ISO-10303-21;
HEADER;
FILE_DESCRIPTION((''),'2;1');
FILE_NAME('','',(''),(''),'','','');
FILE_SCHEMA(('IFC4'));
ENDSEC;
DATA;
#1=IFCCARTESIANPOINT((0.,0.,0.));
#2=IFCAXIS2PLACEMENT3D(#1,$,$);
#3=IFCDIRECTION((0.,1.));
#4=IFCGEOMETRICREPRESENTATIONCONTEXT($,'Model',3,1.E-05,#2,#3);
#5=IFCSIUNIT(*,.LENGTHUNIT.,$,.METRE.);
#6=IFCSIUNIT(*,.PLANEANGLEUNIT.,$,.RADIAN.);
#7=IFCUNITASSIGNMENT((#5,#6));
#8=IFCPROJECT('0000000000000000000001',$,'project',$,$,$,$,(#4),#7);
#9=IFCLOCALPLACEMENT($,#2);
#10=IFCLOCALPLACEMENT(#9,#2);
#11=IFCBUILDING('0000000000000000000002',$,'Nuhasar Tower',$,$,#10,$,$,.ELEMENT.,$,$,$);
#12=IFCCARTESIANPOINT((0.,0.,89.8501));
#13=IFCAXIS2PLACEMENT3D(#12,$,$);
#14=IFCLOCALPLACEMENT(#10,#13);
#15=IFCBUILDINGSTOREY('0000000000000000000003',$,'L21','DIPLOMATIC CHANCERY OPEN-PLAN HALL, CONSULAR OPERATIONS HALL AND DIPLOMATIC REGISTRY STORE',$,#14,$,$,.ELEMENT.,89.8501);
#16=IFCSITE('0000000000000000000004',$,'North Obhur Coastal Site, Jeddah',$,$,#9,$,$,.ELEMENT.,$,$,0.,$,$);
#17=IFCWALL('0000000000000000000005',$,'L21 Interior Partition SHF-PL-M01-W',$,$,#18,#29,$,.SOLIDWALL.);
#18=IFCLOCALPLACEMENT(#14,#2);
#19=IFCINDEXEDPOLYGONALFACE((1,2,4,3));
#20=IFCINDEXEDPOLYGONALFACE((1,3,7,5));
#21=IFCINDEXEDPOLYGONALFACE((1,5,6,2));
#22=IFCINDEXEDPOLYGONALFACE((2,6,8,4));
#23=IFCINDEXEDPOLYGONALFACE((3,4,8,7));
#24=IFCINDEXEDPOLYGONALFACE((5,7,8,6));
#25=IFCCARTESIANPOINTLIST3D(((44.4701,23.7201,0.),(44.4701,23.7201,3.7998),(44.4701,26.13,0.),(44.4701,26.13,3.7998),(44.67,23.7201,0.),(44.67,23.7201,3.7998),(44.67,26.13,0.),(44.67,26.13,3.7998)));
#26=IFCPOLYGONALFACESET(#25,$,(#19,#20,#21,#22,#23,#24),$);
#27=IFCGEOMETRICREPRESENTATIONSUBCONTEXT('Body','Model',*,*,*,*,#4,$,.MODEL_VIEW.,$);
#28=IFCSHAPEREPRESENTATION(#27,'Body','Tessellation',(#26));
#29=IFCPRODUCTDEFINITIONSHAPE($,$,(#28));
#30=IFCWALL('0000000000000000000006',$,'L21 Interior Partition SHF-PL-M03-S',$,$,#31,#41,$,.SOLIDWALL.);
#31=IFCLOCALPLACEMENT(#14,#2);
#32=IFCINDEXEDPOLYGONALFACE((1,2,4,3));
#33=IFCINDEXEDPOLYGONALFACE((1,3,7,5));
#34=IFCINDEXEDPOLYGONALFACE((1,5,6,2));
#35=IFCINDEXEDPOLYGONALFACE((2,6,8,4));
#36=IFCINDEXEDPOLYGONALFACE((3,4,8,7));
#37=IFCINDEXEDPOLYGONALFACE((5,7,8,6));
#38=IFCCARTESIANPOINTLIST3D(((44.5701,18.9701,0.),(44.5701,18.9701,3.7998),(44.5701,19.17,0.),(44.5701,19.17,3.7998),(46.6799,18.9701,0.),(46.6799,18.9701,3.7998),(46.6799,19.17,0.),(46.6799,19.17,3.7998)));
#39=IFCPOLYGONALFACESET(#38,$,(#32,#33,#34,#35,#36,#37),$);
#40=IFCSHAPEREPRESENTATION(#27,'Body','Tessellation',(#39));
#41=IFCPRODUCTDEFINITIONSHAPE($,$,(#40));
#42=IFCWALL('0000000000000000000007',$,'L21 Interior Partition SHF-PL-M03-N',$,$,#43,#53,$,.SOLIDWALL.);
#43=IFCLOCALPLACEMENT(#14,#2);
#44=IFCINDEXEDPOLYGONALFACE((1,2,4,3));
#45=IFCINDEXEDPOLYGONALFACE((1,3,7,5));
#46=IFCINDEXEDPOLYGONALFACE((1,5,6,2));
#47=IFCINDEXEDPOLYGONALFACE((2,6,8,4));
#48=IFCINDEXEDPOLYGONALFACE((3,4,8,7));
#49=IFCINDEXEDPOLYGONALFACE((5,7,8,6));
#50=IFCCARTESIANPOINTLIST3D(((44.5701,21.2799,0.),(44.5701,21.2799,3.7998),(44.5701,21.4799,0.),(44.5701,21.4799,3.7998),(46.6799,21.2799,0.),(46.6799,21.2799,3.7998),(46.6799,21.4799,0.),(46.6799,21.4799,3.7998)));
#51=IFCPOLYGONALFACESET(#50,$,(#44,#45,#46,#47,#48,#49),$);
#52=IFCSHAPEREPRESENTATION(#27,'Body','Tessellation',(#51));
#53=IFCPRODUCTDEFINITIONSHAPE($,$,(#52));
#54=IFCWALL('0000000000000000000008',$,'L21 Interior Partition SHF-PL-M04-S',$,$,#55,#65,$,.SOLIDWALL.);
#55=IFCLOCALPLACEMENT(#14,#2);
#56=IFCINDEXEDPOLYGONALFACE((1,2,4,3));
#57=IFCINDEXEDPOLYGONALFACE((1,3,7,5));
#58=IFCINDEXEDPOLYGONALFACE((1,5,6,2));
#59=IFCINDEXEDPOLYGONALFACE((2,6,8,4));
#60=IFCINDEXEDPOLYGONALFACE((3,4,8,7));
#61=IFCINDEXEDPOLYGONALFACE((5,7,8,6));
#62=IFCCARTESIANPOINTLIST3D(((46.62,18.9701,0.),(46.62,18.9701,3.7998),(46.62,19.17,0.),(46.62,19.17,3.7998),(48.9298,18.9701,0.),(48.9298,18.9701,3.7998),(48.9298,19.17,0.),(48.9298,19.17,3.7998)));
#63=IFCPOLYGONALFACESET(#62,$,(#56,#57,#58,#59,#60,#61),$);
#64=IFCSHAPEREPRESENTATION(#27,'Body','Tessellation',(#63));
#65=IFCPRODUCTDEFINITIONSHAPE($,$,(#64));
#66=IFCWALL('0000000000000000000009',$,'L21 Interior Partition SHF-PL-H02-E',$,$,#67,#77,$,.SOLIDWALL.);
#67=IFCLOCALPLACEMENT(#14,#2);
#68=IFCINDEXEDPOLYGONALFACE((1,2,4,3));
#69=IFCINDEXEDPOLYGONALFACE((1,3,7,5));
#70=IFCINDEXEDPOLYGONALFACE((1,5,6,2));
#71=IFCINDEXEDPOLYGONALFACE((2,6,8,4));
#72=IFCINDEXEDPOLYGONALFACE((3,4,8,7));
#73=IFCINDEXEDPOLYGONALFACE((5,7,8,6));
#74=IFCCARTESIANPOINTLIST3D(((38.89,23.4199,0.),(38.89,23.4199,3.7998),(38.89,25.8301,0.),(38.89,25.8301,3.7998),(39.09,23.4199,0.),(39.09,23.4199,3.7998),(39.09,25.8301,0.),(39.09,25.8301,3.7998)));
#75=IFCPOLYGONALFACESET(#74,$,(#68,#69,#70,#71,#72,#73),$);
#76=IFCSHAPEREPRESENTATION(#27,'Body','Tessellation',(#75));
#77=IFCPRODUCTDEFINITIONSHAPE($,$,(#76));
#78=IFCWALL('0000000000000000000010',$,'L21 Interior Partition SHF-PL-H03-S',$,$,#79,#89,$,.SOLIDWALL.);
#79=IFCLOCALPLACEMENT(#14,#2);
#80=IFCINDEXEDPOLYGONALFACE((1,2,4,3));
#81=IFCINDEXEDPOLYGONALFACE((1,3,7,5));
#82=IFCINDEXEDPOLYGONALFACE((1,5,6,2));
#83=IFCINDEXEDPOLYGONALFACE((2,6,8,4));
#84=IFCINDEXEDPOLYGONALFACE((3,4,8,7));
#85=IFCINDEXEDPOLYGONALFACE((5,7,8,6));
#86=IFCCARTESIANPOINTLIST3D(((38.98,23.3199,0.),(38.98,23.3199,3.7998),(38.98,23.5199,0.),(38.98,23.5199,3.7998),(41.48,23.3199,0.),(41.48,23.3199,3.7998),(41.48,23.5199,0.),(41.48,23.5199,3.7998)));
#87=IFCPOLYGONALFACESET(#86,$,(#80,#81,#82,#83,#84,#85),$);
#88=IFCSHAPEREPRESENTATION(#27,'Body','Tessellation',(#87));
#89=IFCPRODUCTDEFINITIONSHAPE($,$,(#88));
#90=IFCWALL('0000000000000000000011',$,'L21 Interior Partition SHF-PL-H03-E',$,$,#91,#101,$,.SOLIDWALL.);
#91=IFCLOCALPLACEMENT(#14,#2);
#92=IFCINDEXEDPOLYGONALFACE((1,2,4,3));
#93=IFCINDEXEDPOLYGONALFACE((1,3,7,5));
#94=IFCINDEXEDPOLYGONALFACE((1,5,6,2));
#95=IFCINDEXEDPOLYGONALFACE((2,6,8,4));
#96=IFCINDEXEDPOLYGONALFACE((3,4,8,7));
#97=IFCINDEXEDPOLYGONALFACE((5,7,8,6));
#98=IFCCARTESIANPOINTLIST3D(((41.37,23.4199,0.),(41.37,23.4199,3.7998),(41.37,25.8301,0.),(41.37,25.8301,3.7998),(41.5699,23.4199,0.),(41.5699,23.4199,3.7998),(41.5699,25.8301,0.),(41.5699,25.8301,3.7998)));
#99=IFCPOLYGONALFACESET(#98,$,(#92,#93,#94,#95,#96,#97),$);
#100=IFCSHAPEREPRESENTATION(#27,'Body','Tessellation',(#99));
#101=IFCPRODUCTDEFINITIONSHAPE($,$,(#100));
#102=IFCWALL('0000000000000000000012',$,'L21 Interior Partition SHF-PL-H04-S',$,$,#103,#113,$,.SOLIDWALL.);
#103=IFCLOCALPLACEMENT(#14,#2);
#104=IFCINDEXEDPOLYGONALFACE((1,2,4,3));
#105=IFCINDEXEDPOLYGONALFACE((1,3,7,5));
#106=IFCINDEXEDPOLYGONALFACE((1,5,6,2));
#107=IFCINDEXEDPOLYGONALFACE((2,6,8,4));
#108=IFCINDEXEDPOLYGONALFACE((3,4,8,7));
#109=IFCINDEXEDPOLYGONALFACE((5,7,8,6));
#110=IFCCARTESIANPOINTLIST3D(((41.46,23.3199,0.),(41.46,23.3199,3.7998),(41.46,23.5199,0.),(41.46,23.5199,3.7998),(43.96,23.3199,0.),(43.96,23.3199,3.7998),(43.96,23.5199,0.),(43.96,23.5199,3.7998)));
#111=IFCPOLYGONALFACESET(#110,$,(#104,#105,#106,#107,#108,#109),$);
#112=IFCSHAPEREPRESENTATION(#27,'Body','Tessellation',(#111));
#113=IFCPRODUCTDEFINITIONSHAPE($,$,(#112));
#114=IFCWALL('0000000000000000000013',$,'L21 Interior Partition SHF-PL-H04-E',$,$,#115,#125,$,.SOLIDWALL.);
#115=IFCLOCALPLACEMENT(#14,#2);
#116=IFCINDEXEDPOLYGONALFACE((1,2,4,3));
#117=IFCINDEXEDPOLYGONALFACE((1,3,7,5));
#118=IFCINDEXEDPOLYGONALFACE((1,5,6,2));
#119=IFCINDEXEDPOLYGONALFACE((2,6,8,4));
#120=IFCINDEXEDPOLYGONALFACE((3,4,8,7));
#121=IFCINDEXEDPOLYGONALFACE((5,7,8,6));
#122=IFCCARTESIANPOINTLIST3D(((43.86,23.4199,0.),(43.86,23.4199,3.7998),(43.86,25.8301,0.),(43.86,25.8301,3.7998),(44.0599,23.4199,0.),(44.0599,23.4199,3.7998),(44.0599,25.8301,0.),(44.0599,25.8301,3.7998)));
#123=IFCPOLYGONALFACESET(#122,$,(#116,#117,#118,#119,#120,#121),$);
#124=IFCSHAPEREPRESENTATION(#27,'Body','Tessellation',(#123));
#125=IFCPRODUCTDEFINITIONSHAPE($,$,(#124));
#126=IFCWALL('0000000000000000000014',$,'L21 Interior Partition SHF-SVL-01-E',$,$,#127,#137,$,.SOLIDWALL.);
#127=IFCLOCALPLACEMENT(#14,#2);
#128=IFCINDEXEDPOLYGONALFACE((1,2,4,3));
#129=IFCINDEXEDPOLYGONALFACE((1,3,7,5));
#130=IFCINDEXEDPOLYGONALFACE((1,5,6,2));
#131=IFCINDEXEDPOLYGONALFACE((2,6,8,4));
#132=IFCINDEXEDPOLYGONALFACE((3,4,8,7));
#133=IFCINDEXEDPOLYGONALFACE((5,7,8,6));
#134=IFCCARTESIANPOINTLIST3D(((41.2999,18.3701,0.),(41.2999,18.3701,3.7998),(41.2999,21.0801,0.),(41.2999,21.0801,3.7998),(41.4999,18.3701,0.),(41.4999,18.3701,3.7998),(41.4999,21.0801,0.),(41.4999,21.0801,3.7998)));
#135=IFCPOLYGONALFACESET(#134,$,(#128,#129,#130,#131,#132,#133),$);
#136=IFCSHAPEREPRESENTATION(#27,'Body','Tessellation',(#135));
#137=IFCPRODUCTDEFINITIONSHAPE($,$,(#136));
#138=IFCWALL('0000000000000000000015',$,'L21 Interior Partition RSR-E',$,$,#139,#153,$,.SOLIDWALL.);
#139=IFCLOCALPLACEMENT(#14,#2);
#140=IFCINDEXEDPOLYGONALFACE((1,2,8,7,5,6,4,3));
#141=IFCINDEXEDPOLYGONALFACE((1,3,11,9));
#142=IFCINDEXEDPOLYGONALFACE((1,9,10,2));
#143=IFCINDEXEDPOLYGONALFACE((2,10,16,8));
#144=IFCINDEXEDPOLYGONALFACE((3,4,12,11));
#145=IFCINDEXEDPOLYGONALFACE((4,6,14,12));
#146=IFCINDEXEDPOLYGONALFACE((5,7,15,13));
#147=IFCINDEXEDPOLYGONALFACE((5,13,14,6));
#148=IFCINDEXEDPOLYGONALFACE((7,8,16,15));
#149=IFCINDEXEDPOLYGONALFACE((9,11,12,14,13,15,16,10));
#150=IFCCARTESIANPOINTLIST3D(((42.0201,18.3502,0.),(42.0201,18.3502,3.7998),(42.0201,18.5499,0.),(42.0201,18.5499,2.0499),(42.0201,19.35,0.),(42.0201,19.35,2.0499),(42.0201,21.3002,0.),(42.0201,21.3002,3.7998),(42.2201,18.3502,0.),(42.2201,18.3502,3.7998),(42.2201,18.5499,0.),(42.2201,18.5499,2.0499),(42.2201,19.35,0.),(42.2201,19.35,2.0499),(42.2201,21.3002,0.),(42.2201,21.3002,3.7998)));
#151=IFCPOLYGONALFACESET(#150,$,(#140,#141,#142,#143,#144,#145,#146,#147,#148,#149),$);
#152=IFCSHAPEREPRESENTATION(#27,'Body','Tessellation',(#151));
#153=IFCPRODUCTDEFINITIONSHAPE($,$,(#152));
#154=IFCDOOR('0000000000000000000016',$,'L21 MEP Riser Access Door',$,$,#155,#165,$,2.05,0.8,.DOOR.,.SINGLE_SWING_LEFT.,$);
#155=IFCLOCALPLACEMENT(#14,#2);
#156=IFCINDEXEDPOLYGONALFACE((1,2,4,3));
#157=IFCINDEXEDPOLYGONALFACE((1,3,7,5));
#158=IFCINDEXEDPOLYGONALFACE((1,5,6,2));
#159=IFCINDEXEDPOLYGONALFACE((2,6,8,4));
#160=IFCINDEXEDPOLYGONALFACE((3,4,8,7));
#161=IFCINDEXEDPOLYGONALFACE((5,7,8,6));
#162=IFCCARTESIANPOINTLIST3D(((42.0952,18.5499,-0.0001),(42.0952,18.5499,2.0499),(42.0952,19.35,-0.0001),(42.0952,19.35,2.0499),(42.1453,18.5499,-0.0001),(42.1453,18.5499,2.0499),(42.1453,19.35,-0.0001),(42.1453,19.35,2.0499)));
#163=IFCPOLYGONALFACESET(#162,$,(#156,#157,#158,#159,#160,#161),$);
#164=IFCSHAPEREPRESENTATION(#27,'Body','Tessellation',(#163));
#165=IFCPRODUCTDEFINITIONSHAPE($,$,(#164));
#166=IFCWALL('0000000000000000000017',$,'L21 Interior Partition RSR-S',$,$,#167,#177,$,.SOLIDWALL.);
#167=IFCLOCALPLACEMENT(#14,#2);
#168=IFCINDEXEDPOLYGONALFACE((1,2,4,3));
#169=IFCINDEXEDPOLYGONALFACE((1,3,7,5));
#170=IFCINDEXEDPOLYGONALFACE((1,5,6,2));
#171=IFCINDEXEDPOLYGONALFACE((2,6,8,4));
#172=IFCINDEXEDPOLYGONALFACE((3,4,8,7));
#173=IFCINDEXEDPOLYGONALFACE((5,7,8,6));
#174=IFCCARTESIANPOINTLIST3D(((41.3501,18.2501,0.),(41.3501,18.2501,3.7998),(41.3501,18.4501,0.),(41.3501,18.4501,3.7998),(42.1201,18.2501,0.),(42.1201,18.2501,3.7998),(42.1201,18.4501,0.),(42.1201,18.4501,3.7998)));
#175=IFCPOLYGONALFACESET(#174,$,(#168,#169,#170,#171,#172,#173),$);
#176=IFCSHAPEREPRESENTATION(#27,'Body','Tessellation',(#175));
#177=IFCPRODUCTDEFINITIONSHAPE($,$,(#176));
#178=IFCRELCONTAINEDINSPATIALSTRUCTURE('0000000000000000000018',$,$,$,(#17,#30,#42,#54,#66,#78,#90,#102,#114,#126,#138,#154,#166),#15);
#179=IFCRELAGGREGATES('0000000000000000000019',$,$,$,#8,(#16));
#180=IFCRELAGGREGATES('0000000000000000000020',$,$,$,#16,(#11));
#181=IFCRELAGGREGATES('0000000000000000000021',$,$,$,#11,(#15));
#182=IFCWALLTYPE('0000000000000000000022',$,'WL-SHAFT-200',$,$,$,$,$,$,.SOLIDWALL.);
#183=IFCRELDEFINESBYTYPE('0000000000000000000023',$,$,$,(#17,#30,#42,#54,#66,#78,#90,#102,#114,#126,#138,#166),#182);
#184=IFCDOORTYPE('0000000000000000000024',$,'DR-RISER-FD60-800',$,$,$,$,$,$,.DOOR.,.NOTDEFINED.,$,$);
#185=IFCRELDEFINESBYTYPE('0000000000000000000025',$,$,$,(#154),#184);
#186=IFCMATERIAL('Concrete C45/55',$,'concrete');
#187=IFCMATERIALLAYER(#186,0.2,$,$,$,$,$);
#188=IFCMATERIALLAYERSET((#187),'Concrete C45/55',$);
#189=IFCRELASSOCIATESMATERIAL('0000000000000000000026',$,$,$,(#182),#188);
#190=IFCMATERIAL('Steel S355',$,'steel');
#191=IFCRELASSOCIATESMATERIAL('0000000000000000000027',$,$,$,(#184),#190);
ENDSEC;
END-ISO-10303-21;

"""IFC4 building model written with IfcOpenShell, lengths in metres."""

from ifc_helpers import new_model, si_unit, direction, frame, frame_2d, origin, place, context, subcontext, project, spatial, rectangle, extrude, material, layer, layer_set, type_object, element, fill, save


model = new_model("IFC4")

# Units and contexts
model_context = context("Model", 3, precision=1e-05, world=origin(), true_north=direction((0.0, 1.0)))
body_context = subcontext(model_context, "Body", "Model", "MODEL_VIEW")
ifc_project = project(units=[si_unit("LENGTHUNIT", "METRE"), si_unit("PLANEANGLEUNIT", "RADIAN")], contexts=[model_context])

# Site, building, storey
site_placement = place(None, origin())
site = spatial("IfcSite", under=ifc_project, at=site_placement, Name="North Obhur Coastal Site, Jeddah", CompositionType="ELEMENT", RefElevation=0.0)
building_placement = place(site_placement, origin())
building = spatial("IfcBuilding", under=site, at=building_placement, Name="Nuhasar Tower", CompositionType="ELEMENT")
storey_placement = place(building_placement, frame((0.0, 0.0, 89.8501)))
storey = spatial("IfcBuildingStorey", under=building, at=storey_placement, Name="L21", Description="DIPLOMATIC CHANCERY OPEN-PLAN HALL, CONSULAR OPERATIONS HALL AND DIPLOMATIC REGISTRY STORE", CompositionType="ELEMENT", Elevation=89.8501)

# Shared definitions
ifc_material_1 = material(Name="Steel S355", Category="steel")

# Shared definitions
ifc_material_2 = material(Name="Concrete C45/55", Category="concrete")

# Walls
ifc_layer_1 = layer(ifc_material_2, 0.2)
ifc_layer_set_1 = layer_set([ifc_layer_1], Name="Concrete C45/55")
wall_type_1 = type_object("IfcWallType", Name="WL-SHAFT-200", PredefinedType="SOLIDWALL", material=ifc_layer_set_1)
wall_1_placement = place(storey_placement, frame((44.5701, 23.72, 0.0), z_axis=(0.0, 0.0, 1.0), x_axis=(0.0, 1.0, 0.0)))
element("IfcWall", 1, at=wall_1_placement, inside=storey, type_object=wall_type_1, Name="L21 Interior Partition SHF-PL-M01-W", PredefinedType="SOLIDWALL", context=body_context, shape_type="SweptSolid", body=[
    extrude(rectangle(XDim=2.4099, YDim=0.2, at=frame_2d((1.2051, 0.0))), origin(), (0.0, 0.0, 1.0), 3.7998),
])
for number, where, z_axis, x_axis, name in (
    (2, (44.5701, 19.0701, 0.0), (0.0, 0.0, 1.0), (1.0, 0.0, 0.0), "L21 Interior Partition SHF-PL-M03-S"),
    (3, (44.5701, 21.3799, 0.0), (0.0, 0.0, 1.0), (1.0, 0.0, 0.0), "L21 Interior Partition SHF-PL-M03-N"),
):
    element("IfcWall", number, at=place(storey_placement, frame(where, z_axis=z_axis, x_axis=x_axis)), inside=storey, type_object=wall_type_1, Name=name, PredefinedType="SOLIDWALL", context=body_context, shape_type="SweptSolid", body=[
        extrude(rectangle(XDim=2.1099, YDim=0.2, at=frame_2d((1.0549, 0.0))), origin(), (0.0, 0.0, 1.0), 3.7998),
    ])
wall_2_placement = place(storey_placement, frame((46.6201, 19.0701, 0.0), z_axis=(0.0, 0.0, 1.0), x_axis=(1.0, 0.0, 0.0)))
element("IfcWall", 4, at=wall_2_placement, inside=storey, type_object=wall_type_1, Name="L21 Interior Partition SHF-PL-M04-S", PredefinedType="SOLIDWALL", context=body_context, shape_type="SweptSolid", body=[
    extrude(rectangle(XDim=2.3098, YDim=0.2, at=frame_2d((1.1548, 0.0))), origin(), (0.0, 0.0, 1.0), 3.7998),
])
wall_3_placement = place(storey_placement, frame((38.99, 23.4199, 0.0), z_axis=(0.0, 0.0, 1.0), x_axis=(0.0, 1.0, 0.0)))
element("IfcWall", 5, at=wall_3_placement, inside=storey, type_object=wall_type_1, Name="L21 Interior Partition SHF-PL-H02-E", PredefinedType="SOLIDWALL", context=body_context, shape_type="SweptSolid", body=[
    extrude(rectangle(XDim=2.4102, YDim=0.2, at=frame_2d((1.2051, 0.0))), origin(), (0.0, 0.0, 1.0), 3.7998),
])
wall_4_placement = place(storey_placement, frame((38.98, 23.4199, 0.0), z_axis=(0.0, 0.0, 1.0), x_axis=(1.0, 0.0, 0.0)))
element("IfcWall", 6, at=wall_4_placement, inside=storey, type_object=wall_type_1, Name="L21 Interior Partition SHF-PL-H03-S", PredefinedType="SOLIDWALL", context=body_context, shape_type="SweptSolid", body=[
    extrude(rectangle(XDim=2.5, YDim=0.2, at=frame_2d((1.25, 0.0))), origin(), (0.0, 0.0, 1.0), 3.7998),
])
wall_5_placement = place(storey_placement, frame((41.47, 23.4199, 0.0), z_axis=(0.0, 0.0, 1.0), x_axis=(0.0, 1.0, 0.0)))
element("IfcWall", 7, at=wall_5_placement, inside=storey, type_object=wall_type_1, Name="L21 Interior Partition SHF-PL-H03-E", PredefinedType="SOLIDWALL", context=body_context, shape_type="SweptSolid", body=[
    extrude(rectangle(XDim=2.4102, YDim=0.2, at=frame_2d((1.2051, 0.0))), origin(), (0.0, 0.0, 1.0), 3.7998),
])
wall_6_placement = place(storey_placement, frame((41.46, 23.4199, 0.0), z_axis=(0.0, 0.0, 1.0), x_axis=(1.0, 0.0, 0.0)))
element("IfcWall", 8, at=wall_6_placement, inside=storey, type_object=wall_type_1, Name="L21 Interior Partition SHF-PL-H04-S", PredefinedType="SOLIDWALL", context=body_context, shape_type="SweptSolid", body=[
    extrude(rectangle(XDim=2.5, YDim=0.2, at=frame_2d((1.25, 0.0))), origin(), (0.0, 0.0, 1.0), 3.7998),
])
wall_7_placement = place(storey_placement, frame((43.96, 23.4199, 0.0), z_axis=(0.0, 0.0, 1.0), x_axis=(0.0, 1.0, 0.0)))
element("IfcWall", 9, at=wall_7_placement, inside=storey, type_object=wall_type_1, Name="L21 Interior Partition SHF-PL-H04-E", PredefinedType="SOLIDWALL", context=body_context, shape_type="SweptSolid", body=[
    extrude(rectangle(XDim=2.4102, YDim=0.2, at=frame_2d((1.2051, 0.0))), origin(), (0.0, 0.0, 1.0), 3.7998),
])
wall_8_placement = place(storey_placement, frame((41.3999, 18.3701, 0.0), z_axis=(0.0, 0.0, 1.0), x_axis=(0.0, 1.0, 0.0)))
element("IfcWall", 10, at=wall_8_placement, inside=storey, type_object=wall_type_1, Name="L21 Interior Partition SHF-SVL-01-E", PredefinedType="SOLIDWALL", context=body_context, shape_type="SweptSolid", body=[
    extrude(rectangle(XDim=2.71, YDim=0.2, at=frame_2d((1.355, 0.0))), origin(), (0.0, 0.0, 1.0), 3.7998),
])

# Wall, opening, door
wall_9_placement = place(storey_placement, frame((42.1201, 18.3501, 0.0), z_axis=(0.0, 0.0, 1.0), x_axis=(0.0, 1.0, 0.0)))
wall_9 = element("IfcWall", 11, at=wall_9_placement, inside=storey, type_object=wall_type_1, Name="L21 Interior Partition RSR-E", PredefinedType="SOLIDWALL", context=body_context, shape_type="SweptSolid", body=[
    extrude(rectangle(XDim=2.95, YDim=0.2, at=frame_2d((1.4751, 0.0))), origin(), (0.0, 0.0, 1.0), 3.7998),
])
opening_1_placement = place(wall_9_placement, frame((0.2, 0.0, 0.0)))
opening_1 = element("IfcOpeningElement", 12, at=opening_1_placement, cuts=wall_9, PredefinedType="OPENING", context=body_context, shape_type="SweptSolid", body=[
    extrude(rectangle(XDim=0.8, YDim=2.05, at=frame_2d((0.3999, 1.0249))), frame((0.0, 0.1099, 0.0), z_axis=(0.0, -1.0, 0.0), x_axis=(1.0, 0.0, 0.0)), (0.0, 0.0, 1.0), 0.22),
])
door_type_1 = type_object("IfcDoorType", Name="DR-RISER-FD60-800", OperationType="NOTDEFINED", PredefinedType="DOOR", material=ifc_material_1)
door_1_placement = place(opening_1_placement, origin())
door_1 = element("IfcDoor", 13, at=door_1_placement, inside=storey, type_object=door_type_1, Name="L21 MEP Riser Access Door", OperationType="SINGLE_SWING_LEFT", OverallHeight=2.05, OverallWidth=0.8, PredefinedType="DOOR", context=body_context, shape_type="SweptSolid", body=[
    extrude(rectangle(XDim=0.8, YDim=2.05, at=frame_2d((0.3999, 1.0249))), frame((0.0, 0.0249, 0.0), z_axis=(0.0, -1.0, 0.0), x_axis=(1.0, 0.0, 0.0)), (0.0, 0.0, 1.0), 0.05),
])
fill(opening_1, door_1)

# Wall
wall_10_placement = place(storey_placement, frame((41.3501, 18.3501, 0.0), z_axis=(0.0, 0.0, 1.0), x_axis=(1.0, 0.0, 0.0)))
element("IfcWall", 14, at=wall_10_placement, inside=storey, type_object=wall_type_1, Name="L21 Interior Partition RSR-S", PredefinedType="SOLIDWALL", context=body_context, shape_type="SweptSolid", body=[
    extrude(rectangle(XDim=0.77, YDim=0.2, at=frame_2d((0.385, 0.0))), origin(), (0.0, 0.0, 1.0), 3.7998),
])

save(model, "model.ifc")
